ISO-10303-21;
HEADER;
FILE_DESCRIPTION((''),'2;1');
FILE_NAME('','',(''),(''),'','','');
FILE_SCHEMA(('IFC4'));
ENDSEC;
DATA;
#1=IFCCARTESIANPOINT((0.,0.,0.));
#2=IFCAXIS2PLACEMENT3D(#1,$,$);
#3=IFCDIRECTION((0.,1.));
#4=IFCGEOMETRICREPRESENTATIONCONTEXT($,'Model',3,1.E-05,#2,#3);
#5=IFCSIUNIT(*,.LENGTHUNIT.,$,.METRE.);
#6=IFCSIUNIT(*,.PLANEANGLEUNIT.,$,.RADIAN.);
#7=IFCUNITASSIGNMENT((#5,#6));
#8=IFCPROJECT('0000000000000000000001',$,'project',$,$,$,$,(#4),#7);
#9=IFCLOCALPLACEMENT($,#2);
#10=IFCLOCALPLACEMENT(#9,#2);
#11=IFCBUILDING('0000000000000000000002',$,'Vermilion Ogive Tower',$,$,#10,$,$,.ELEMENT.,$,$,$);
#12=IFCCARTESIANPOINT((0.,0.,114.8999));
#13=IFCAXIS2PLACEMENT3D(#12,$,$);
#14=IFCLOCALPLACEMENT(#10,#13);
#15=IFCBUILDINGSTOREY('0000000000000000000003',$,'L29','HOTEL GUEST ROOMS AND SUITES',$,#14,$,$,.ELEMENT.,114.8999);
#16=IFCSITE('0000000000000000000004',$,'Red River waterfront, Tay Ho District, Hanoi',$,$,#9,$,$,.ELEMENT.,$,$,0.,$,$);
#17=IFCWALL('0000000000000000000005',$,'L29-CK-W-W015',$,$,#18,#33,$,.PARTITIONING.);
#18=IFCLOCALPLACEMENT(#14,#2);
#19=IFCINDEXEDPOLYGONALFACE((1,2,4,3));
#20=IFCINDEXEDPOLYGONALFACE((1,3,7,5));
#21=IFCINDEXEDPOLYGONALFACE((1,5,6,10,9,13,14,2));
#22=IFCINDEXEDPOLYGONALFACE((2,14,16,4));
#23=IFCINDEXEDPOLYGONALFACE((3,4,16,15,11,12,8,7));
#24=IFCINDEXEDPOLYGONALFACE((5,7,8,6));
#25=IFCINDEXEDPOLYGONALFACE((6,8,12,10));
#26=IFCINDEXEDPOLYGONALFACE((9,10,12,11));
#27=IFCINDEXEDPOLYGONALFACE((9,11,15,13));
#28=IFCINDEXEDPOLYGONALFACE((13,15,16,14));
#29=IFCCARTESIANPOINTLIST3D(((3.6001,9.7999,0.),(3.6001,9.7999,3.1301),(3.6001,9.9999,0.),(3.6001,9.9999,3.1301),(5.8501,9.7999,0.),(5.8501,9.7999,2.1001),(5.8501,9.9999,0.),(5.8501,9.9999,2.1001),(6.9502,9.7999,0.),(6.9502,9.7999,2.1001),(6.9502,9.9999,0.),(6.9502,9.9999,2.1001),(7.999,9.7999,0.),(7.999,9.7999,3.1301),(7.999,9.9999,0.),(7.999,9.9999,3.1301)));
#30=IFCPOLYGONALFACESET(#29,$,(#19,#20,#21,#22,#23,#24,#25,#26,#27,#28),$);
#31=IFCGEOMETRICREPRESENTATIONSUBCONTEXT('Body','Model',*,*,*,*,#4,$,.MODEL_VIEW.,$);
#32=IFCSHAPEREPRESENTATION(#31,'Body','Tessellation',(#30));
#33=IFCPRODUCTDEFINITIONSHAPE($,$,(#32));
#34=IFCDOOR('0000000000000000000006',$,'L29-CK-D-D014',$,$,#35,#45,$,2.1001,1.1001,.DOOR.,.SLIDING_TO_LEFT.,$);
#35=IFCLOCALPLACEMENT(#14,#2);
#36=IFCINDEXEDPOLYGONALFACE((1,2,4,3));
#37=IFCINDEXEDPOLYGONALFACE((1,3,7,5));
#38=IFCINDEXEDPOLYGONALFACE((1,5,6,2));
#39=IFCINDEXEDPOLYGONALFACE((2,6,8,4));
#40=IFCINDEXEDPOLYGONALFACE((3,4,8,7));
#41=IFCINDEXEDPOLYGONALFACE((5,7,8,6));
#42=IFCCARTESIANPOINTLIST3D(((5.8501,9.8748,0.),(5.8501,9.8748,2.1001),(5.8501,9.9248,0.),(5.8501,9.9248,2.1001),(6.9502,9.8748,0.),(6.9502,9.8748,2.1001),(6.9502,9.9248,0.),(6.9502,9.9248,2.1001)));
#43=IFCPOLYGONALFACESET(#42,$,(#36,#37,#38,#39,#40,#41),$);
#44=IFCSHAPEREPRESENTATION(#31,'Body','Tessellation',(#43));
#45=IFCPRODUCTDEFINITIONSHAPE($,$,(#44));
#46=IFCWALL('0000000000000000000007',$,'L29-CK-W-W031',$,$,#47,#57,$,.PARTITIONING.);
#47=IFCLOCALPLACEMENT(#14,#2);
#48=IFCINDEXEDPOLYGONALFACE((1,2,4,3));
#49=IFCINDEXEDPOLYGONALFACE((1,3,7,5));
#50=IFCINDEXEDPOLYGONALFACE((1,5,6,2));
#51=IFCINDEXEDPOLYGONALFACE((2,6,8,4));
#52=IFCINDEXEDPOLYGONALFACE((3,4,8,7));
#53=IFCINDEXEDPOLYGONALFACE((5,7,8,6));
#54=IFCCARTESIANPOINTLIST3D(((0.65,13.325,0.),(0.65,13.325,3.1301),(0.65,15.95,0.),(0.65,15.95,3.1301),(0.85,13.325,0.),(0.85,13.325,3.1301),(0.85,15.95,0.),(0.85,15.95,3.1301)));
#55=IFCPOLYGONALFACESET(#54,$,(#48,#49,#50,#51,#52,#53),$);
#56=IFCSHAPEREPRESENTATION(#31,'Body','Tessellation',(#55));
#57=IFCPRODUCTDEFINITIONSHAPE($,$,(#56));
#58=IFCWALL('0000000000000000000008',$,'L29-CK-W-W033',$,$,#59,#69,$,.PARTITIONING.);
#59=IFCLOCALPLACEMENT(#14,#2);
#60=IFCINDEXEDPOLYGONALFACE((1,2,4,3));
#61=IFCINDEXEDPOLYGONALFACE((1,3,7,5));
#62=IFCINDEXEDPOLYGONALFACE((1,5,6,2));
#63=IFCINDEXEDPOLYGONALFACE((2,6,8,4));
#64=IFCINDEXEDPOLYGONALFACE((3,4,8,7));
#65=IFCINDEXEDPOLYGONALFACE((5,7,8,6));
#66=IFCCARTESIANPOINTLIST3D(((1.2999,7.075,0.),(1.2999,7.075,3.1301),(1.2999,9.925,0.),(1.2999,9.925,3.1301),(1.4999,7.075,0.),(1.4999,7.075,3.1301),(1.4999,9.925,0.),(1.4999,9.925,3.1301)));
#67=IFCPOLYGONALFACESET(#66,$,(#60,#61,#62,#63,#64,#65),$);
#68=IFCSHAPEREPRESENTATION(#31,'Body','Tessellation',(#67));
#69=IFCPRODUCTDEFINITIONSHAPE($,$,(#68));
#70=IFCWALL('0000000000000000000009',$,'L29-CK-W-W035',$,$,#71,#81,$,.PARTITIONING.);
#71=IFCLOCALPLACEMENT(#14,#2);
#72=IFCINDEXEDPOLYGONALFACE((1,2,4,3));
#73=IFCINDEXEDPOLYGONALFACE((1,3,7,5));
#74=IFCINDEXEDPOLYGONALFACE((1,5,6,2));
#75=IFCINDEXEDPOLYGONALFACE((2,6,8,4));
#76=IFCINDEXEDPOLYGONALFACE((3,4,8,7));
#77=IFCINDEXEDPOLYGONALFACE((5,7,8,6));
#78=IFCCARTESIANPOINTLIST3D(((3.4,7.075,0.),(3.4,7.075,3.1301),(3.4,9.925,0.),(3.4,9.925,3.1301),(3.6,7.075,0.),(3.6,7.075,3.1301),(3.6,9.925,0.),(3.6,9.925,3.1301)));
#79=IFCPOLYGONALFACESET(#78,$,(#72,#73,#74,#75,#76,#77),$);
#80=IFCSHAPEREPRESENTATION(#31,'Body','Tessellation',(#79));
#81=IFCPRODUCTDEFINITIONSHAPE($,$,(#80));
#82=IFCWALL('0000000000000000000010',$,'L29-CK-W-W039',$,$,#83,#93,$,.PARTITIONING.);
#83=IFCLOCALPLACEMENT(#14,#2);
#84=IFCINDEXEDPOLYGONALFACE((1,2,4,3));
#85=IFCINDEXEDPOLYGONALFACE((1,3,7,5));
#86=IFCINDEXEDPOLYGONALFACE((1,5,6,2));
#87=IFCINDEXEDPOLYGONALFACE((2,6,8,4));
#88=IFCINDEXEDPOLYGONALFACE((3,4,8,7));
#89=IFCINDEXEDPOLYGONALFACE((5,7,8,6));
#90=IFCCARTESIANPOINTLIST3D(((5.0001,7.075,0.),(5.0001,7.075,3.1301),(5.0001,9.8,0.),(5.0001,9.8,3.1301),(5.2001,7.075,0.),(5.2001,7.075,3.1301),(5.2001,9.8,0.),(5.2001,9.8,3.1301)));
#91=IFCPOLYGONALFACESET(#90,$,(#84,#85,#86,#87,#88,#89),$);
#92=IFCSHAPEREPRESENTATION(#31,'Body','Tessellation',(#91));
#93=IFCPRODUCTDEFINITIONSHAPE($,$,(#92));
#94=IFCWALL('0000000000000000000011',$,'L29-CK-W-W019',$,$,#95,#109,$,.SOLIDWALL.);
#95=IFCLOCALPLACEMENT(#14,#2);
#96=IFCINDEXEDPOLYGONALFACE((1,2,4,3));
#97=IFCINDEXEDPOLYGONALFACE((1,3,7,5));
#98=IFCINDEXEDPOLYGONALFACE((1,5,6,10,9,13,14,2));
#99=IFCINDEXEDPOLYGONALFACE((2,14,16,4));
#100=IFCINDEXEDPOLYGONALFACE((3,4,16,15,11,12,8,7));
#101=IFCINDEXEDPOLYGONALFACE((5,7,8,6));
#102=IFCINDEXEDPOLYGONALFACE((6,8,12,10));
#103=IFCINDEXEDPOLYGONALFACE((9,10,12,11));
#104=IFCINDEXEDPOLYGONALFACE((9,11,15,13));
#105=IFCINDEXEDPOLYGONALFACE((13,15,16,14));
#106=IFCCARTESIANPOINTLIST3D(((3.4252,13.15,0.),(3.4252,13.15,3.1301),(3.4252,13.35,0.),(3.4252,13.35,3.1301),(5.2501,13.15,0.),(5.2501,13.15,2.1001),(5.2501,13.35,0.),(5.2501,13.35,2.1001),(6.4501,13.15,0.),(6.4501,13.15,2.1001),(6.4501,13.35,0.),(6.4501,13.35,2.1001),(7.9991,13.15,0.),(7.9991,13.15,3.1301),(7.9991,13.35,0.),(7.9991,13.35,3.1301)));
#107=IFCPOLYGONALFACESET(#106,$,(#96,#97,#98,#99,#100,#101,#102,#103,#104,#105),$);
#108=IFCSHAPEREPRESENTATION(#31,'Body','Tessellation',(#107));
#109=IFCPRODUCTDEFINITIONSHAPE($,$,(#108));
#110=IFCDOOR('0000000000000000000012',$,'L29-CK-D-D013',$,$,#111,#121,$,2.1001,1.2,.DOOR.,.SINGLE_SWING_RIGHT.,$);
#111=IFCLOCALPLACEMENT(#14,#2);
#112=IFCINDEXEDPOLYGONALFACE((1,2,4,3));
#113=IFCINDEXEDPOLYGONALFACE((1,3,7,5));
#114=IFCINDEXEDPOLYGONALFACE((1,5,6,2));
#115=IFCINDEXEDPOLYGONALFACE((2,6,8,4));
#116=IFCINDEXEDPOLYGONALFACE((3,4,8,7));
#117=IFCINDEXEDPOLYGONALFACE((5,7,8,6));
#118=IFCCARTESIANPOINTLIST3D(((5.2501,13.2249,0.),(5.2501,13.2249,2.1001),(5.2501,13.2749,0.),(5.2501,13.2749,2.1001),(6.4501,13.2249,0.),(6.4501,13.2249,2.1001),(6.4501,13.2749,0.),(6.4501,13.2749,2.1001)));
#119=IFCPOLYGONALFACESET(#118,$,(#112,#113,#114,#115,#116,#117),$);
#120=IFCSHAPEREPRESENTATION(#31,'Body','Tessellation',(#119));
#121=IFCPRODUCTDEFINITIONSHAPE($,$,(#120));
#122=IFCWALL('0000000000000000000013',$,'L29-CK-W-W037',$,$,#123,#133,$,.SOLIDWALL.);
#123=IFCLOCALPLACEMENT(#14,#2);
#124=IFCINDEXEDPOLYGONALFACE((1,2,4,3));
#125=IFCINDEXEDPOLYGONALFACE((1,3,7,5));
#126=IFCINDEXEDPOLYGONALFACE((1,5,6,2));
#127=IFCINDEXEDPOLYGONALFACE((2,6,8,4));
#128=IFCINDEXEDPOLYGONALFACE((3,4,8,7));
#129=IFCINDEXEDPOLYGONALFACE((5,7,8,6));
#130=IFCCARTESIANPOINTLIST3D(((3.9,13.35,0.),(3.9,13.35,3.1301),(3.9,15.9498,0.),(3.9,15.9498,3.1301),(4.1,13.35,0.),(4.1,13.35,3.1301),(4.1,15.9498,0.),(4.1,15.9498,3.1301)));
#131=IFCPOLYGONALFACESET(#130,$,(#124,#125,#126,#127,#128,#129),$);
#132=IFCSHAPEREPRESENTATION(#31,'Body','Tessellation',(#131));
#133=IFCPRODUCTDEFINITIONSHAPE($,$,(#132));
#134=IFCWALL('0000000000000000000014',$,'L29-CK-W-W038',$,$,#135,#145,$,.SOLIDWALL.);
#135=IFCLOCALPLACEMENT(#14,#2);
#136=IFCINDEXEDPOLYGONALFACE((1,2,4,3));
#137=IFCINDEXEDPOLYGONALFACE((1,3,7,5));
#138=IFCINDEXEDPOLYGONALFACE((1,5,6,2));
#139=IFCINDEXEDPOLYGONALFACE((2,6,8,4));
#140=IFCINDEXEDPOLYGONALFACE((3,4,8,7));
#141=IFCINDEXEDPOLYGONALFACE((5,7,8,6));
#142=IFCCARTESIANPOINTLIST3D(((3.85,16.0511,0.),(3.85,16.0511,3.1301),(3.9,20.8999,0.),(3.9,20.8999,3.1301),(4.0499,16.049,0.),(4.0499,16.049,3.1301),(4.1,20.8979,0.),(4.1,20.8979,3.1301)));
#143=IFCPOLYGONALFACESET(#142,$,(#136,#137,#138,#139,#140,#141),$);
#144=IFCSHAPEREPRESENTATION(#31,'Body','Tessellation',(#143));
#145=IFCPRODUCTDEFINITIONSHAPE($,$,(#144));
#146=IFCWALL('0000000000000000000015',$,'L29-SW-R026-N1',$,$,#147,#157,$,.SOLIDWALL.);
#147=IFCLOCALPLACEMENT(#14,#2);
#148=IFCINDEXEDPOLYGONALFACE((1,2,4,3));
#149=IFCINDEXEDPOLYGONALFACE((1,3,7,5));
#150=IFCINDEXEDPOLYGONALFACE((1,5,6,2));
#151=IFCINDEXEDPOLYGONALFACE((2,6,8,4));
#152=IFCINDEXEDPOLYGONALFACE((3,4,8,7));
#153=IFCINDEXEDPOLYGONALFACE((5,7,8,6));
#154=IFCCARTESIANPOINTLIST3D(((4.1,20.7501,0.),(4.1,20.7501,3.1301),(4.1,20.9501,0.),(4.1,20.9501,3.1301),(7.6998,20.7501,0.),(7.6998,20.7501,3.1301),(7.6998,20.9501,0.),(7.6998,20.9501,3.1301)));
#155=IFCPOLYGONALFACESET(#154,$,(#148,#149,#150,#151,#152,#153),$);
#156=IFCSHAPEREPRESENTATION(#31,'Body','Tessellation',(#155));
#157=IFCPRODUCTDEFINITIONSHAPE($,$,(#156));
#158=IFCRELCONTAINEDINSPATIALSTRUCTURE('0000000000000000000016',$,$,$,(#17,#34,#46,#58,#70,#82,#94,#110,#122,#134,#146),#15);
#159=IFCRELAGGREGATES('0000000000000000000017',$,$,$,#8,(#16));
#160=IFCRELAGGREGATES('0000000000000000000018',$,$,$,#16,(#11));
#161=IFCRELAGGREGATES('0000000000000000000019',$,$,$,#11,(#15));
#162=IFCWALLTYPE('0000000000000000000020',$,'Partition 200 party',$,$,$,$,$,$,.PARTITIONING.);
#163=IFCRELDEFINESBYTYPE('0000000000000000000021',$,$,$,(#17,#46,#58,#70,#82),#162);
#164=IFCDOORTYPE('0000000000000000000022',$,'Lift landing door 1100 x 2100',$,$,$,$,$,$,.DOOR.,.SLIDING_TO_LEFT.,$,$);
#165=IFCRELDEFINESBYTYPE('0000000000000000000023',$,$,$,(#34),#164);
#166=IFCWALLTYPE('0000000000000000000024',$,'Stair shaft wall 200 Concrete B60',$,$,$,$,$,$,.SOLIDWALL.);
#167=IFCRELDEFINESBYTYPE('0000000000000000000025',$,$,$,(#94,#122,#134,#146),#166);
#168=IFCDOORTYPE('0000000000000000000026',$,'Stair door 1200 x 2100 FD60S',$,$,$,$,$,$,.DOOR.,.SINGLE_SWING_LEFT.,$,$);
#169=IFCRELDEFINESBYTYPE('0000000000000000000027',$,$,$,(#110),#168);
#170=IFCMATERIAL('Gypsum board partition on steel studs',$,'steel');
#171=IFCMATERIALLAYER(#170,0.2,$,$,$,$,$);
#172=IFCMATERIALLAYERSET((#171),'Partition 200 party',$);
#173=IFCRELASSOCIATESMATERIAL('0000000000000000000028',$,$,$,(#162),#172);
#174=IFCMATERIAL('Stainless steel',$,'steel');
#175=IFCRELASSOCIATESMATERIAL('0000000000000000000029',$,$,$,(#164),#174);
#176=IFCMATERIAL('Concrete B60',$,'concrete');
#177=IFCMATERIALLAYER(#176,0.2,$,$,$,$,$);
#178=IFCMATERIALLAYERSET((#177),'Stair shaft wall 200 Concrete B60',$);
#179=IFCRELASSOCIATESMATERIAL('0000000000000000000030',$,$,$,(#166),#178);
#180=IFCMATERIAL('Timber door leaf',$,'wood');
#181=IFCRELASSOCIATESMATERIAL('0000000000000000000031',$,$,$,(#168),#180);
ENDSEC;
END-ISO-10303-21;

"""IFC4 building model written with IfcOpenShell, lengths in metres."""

from ifc_helpers import new_model, si_unit, direction, frame, frame_2d, origin, place, context, subcontext, project, spatial, rectangle, extrude, material, layer, layer_set, type_object, element, fill, save


model = new_model("IFC4")

# Units and contexts
model_context = context("Model", 3, precision=1e-05, world=origin(), true_north=direction((0.0, 1.0)))
body_context = subcontext(model_context, "Body", "Model", "MODEL_VIEW")
ifc_project = project(units=[si_unit("LENGTHUNIT", "METRE"), si_unit("PLANEANGLEUNIT", "RADIAN")], contexts=[model_context])

# Site, building, storey
site_placement = place(None, origin())
site = spatial("IfcSite", under=ifc_project, at=site_placement, Name="Red River waterfront, Tay Ho District, Hanoi", CompositionType="ELEMENT", RefElevation=0.0)
building_placement = place(site_placement, origin())
building = spatial("IfcBuilding", under=site, at=building_placement, Name="Vermilion Ogive Tower", CompositionType="ELEMENT")
storey_placement = place(building_placement, frame((0.0, 0.0, 114.8999)))
storey = spatial("IfcBuildingStorey", under=building, at=storey_placement, Name="L29", Description="HOTEL GUEST ROOMS AND SUITES", CompositionType="ELEMENT", Elevation=114.8999)

# Shared definitions
ifc_material_1 = material(Name="Gypsum board partition on steel studs", Category="steel")
ifc_layer_1 = layer(ifc_material_1, 0.2)
ifc_layer_set_1 = layer_set([ifc_layer_1], Name="Partition 200 party")
wall_type_1 = type_object("IfcWallType", Name="Partition 200 party", PredefinedType="PARTITIONING", material=ifc_layer_set_1)

# Wall, opening, door
wall_1_placement = place(storey_placement, frame((3.6001, 9.8999, 0.0), z_axis=(0.0, 0.0, 1.0), x_axis=(1.0, 0.0, 0.0)))
wall_1 = element("IfcWall", 1, at=wall_1_placement, inside=storey, type_object=wall_type_1, Name="L29-CK-W-W015", PredefinedType="PARTITIONING", context=body_context, shape_type="SweptSolid", body=[
    extrude(rectangle(XDim=4.3989, YDim=0.2, at=frame_2d((2.1995, 0.0))), origin(), (0.0, 0.0, 1.0), 3.1301),
])
opening_1_placement = place(wall_1_placement, frame((2.25, 0.0, 0.0)))
opening_1 = element("IfcOpeningElement", 2, at=opening_1_placement, cuts=wall_1, PredefinedType="OPENING", context=body_context, shape_type="SweptSolid", body=[
    extrude(rectangle(XDim=1.1001, YDim=2.1001, at=frame_2d((0.55, 1.05))), frame((0.0, 0.1099, 0.0), z_axis=(0.0, -1.0, 0.0), x_axis=(1.0, 0.0, 0.0)), (0.0, 0.0, 1.0), 0.22),
])
ifc_material_2 = material(Name="Stainless steel", Category="steel")
door_type_1 = type_object("IfcDoorType", Name="Lift landing door 1100 x 2100", OperationType="SLIDING_TO_LEFT", PredefinedType="DOOR", material=ifc_material_2)
door_1_placement = place(opening_1_placement, origin())
door_1 = element("IfcDoor", 3, at=door_1_placement, inside=storey, type_object=door_type_1, Name="L29-CK-D-D014", OperationType="SLIDING_TO_LEFT", OverallHeight=2.1001, OverallWidth=1.1001, PredefinedType="DOOR", context=body_context, shape_type="SweptSolid", body=[
    extrude(rectangle(XDim=1.1001, YDim=2.1001, at=frame_2d((0.55, 1.05))), frame((0.0, 0.0249, 0.0), z_axis=(0.0, -1.0, 0.0), x_axis=(1.0, 0.0, 0.0)), (0.0, 0.0, 1.0), 0.05),
])
fill(opening_1, door_1)

# Walls
wall_2_placement = place(storey_placement, frame((0.75, 13.325, 0.0), z_axis=(0.0, 0.0, 1.0), x_axis=(0.0, 1.0, 0.0)))
element("IfcWall", 4, at=wall_2_placement, inside=storey, type_object=wall_type_1, Name="L29-CK-W-W031", PredefinedType="PARTITIONING", context=body_context, shape_type="SweptSolid", body=[
    extrude(rectangle(XDim=2.625, YDim=0.2, at=frame_2d((1.3125, 0.0))), origin(), (0.0, 0.0, 1.0), 3.1301),
])
for number, where, z_axis, x_axis, name in (
    (5, (1.3999, 7.075, 0.0), (0.0, 0.0, 1.0), (0.0, 1.0, 0.0), "L29-CK-W-W033"),
    (6, (3.5, 7.075, 0.0), (0.0, 0.0, 1.0), (0.0, 1.0, 0.0), "L29-CK-W-W035"),
):
    element("IfcWall", number, at=place(storey_placement, frame(where, z_axis=z_axis, x_axis=x_axis)), inside=storey, type_object=wall_type_1, Name=name, PredefinedType="PARTITIONING", context=body_context, shape_type="SweptSolid", body=[
        extrude(rectangle(XDim=2.8501, YDim=0.2, at=frame_2d((1.425, 0.0))), origin(), (0.0, 0.0, 1.0), 3.1301),
    ])
wall_3_placement = place(storey_placement, frame((5.1001, 7.075, 0.0), z_axis=(0.0, 0.0, 1.0), x_axis=(0.0, 1.0, 0.0)))
element("IfcWall", 7, at=wall_3_placement, inside=storey, type_object=wall_type_1, Name="L29-CK-W-W039", PredefinedType="PARTITIONING", context=body_context, shape_type="SweptSolid", body=[
    extrude(rectangle(XDim=2.7251, YDim=0.2, at=frame_2d((1.3625, 0.0))), origin(), (0.0, 0.0, 1.0), 3.1301),
])

# Wall, opening, door
ifc_material_3 = material(Name="Concrete B60", Category="concrete")
ifc_layer_2 = layer(ifc_material_3, 0.2)
ifc_layer_set_2 = layer_set([ifc_layer_2], Name="Stair shaft wall 200 Concrete B60")
wall_type_2 = type_object("IfcWallType", Name="Stair shaft wall 200 Concrete B60", PredefinedType="SOLIDWALL", material=ifc_layer_set_2)
wall_4_placement = place(storey_placement, frame((3.425, 13.25, 0.0), z_axis=(0.0, 0.0, 1.0), x_axis=(1.0, 0.0, 0.0)))
wall_4 = element("IfcWall", 8, at=wall_4_placement, inside=storey, type_object=wall_type_2, Name="L29-CK-W-W019", PredefinedType="SOLIDWALL", context=body_context, shape_type="SweptSolid", body=[
    extrude(rectangle(XDim=4.574, YDim=0.2, at=frame_2d((2.2871, 0.0))), origin(), (0.0, 0.0, 1.0), 3.1301),
])
opening_2_placement = place(wall_4_placement, frame((1.825, 0.0, 0.0)))
opening_2 = element("IfcOpeningElement", 9, at=opening_2_placement, cuts=wall_4, PredefinedType="OPENING", context=body_context, shape_type="SweptSolid", body=[
    extrude(rectangle(XDim=1.2, YDim=2.1001, at=frame_2d((0.6001, 1.05))), frame((0.0, 0.1099, 0.0), z_axis=(0.0, -1.0, 0.0), x_axis=(1.0, 0.0, 0.0)), (0.0, 0.0, 1.0), 0.22),
])
ifc_material_4 = material(Name="Timber door leaf", Category="wood")
door_type_2 = type_object("IfcDoorType", Name="Stair door 1200 x 2100 FD60S", OperationType="SINGLE_SWING_LEFT", PredefinedType="DOOR", material=ifc_material_4)
door_2_placement = place(opening_2_placement, origin())
door_2 = element("IfcDoor", 10, at=door_2_placement, inside=storey, type_object=door_type_2, Name="L29-CK-D-D013", OperationType="SINGLE_SWING_RIGHT", OverallHeight=2.1001, OverallWidth=1.2, PredefinedType="DOOR", context=body_context, shape_type="SweptSolid", body=[
    extrude(rectangle(XDim=1.2, YDim=2.1001, at=frame_2d((0.6001, 1.05))), frame((0.0, 0.0249, 0.0), z_axis=(0.0, -1.0, 0.0), x_axis=(1.0, 0.0, 0.0)), (0.0, 0.0, 1.0), 0.05),
])
fill(opening_2, door_2)

# Walls
wall_5_placement = place(storey_placement, frame((4.0, 13.3501, 0.0), z_axis=(0.0, 0.0, 1.0), x_axis=(0.0, 1.0, 0.0)))
element("IfcWall", 11, at=wall_5_placement, inside=storey, type_object=wall_type_2, Name="L29-CK-W-W037", PredefinedType="SOLIDWALL", context=body_context, shape_type="SweptSolid", body=[
    extrude(rectangle(XDim=2.5999, YDim=0.2, at=frame_2d((1.2998, 0.0))), origin(), (0.0, 0.0, 1.0), 3.1301),
])
wall_6_placement = place(storey_placement, frame((3.95, 16.05, 0.0), z_axis=(0.0, 0.0, 1.0), x_axis=(0.010321, 0.999947, 0.0)))
element("IfcWall", 12, at=wall_6_placement, inside=storey, type_object=wall_type_2, Name="L29-CK-W-W038", PredefinedType="SOLIDWALL", context=body_context, shape_type="SweptSolid", body=[
    extrude(rectangle(XDim=4.8491, YDim=0.2, at=frame_2d((2.4246, 0.0))), origin(), (0.0, 0.0, 1.0), 3.1301),
])
wall_7_placement = place(storey_placement, frame((4.1001, 20.8501, 0.0), z_axis=(0.0, 0.0, 1.0), x_axis=(1.0, 0.0, 0.0)))
element("IfcWall", 13, at=wall_7_placement, inside=storey, type_object=wall_type_2, Name="L29-SW-R026-N1", PredefinedType="SOLIDWALL", context=body_context, shape_type="SweptSolid", body=[
    extrude(rectangle(XDim=3.5999, YDim=0.2, at=frame_2d((1.7998, 0.0))), origin(), (0.0, 0.0, 1.0), 3.1301),
])

save(model, "model.ifc")
